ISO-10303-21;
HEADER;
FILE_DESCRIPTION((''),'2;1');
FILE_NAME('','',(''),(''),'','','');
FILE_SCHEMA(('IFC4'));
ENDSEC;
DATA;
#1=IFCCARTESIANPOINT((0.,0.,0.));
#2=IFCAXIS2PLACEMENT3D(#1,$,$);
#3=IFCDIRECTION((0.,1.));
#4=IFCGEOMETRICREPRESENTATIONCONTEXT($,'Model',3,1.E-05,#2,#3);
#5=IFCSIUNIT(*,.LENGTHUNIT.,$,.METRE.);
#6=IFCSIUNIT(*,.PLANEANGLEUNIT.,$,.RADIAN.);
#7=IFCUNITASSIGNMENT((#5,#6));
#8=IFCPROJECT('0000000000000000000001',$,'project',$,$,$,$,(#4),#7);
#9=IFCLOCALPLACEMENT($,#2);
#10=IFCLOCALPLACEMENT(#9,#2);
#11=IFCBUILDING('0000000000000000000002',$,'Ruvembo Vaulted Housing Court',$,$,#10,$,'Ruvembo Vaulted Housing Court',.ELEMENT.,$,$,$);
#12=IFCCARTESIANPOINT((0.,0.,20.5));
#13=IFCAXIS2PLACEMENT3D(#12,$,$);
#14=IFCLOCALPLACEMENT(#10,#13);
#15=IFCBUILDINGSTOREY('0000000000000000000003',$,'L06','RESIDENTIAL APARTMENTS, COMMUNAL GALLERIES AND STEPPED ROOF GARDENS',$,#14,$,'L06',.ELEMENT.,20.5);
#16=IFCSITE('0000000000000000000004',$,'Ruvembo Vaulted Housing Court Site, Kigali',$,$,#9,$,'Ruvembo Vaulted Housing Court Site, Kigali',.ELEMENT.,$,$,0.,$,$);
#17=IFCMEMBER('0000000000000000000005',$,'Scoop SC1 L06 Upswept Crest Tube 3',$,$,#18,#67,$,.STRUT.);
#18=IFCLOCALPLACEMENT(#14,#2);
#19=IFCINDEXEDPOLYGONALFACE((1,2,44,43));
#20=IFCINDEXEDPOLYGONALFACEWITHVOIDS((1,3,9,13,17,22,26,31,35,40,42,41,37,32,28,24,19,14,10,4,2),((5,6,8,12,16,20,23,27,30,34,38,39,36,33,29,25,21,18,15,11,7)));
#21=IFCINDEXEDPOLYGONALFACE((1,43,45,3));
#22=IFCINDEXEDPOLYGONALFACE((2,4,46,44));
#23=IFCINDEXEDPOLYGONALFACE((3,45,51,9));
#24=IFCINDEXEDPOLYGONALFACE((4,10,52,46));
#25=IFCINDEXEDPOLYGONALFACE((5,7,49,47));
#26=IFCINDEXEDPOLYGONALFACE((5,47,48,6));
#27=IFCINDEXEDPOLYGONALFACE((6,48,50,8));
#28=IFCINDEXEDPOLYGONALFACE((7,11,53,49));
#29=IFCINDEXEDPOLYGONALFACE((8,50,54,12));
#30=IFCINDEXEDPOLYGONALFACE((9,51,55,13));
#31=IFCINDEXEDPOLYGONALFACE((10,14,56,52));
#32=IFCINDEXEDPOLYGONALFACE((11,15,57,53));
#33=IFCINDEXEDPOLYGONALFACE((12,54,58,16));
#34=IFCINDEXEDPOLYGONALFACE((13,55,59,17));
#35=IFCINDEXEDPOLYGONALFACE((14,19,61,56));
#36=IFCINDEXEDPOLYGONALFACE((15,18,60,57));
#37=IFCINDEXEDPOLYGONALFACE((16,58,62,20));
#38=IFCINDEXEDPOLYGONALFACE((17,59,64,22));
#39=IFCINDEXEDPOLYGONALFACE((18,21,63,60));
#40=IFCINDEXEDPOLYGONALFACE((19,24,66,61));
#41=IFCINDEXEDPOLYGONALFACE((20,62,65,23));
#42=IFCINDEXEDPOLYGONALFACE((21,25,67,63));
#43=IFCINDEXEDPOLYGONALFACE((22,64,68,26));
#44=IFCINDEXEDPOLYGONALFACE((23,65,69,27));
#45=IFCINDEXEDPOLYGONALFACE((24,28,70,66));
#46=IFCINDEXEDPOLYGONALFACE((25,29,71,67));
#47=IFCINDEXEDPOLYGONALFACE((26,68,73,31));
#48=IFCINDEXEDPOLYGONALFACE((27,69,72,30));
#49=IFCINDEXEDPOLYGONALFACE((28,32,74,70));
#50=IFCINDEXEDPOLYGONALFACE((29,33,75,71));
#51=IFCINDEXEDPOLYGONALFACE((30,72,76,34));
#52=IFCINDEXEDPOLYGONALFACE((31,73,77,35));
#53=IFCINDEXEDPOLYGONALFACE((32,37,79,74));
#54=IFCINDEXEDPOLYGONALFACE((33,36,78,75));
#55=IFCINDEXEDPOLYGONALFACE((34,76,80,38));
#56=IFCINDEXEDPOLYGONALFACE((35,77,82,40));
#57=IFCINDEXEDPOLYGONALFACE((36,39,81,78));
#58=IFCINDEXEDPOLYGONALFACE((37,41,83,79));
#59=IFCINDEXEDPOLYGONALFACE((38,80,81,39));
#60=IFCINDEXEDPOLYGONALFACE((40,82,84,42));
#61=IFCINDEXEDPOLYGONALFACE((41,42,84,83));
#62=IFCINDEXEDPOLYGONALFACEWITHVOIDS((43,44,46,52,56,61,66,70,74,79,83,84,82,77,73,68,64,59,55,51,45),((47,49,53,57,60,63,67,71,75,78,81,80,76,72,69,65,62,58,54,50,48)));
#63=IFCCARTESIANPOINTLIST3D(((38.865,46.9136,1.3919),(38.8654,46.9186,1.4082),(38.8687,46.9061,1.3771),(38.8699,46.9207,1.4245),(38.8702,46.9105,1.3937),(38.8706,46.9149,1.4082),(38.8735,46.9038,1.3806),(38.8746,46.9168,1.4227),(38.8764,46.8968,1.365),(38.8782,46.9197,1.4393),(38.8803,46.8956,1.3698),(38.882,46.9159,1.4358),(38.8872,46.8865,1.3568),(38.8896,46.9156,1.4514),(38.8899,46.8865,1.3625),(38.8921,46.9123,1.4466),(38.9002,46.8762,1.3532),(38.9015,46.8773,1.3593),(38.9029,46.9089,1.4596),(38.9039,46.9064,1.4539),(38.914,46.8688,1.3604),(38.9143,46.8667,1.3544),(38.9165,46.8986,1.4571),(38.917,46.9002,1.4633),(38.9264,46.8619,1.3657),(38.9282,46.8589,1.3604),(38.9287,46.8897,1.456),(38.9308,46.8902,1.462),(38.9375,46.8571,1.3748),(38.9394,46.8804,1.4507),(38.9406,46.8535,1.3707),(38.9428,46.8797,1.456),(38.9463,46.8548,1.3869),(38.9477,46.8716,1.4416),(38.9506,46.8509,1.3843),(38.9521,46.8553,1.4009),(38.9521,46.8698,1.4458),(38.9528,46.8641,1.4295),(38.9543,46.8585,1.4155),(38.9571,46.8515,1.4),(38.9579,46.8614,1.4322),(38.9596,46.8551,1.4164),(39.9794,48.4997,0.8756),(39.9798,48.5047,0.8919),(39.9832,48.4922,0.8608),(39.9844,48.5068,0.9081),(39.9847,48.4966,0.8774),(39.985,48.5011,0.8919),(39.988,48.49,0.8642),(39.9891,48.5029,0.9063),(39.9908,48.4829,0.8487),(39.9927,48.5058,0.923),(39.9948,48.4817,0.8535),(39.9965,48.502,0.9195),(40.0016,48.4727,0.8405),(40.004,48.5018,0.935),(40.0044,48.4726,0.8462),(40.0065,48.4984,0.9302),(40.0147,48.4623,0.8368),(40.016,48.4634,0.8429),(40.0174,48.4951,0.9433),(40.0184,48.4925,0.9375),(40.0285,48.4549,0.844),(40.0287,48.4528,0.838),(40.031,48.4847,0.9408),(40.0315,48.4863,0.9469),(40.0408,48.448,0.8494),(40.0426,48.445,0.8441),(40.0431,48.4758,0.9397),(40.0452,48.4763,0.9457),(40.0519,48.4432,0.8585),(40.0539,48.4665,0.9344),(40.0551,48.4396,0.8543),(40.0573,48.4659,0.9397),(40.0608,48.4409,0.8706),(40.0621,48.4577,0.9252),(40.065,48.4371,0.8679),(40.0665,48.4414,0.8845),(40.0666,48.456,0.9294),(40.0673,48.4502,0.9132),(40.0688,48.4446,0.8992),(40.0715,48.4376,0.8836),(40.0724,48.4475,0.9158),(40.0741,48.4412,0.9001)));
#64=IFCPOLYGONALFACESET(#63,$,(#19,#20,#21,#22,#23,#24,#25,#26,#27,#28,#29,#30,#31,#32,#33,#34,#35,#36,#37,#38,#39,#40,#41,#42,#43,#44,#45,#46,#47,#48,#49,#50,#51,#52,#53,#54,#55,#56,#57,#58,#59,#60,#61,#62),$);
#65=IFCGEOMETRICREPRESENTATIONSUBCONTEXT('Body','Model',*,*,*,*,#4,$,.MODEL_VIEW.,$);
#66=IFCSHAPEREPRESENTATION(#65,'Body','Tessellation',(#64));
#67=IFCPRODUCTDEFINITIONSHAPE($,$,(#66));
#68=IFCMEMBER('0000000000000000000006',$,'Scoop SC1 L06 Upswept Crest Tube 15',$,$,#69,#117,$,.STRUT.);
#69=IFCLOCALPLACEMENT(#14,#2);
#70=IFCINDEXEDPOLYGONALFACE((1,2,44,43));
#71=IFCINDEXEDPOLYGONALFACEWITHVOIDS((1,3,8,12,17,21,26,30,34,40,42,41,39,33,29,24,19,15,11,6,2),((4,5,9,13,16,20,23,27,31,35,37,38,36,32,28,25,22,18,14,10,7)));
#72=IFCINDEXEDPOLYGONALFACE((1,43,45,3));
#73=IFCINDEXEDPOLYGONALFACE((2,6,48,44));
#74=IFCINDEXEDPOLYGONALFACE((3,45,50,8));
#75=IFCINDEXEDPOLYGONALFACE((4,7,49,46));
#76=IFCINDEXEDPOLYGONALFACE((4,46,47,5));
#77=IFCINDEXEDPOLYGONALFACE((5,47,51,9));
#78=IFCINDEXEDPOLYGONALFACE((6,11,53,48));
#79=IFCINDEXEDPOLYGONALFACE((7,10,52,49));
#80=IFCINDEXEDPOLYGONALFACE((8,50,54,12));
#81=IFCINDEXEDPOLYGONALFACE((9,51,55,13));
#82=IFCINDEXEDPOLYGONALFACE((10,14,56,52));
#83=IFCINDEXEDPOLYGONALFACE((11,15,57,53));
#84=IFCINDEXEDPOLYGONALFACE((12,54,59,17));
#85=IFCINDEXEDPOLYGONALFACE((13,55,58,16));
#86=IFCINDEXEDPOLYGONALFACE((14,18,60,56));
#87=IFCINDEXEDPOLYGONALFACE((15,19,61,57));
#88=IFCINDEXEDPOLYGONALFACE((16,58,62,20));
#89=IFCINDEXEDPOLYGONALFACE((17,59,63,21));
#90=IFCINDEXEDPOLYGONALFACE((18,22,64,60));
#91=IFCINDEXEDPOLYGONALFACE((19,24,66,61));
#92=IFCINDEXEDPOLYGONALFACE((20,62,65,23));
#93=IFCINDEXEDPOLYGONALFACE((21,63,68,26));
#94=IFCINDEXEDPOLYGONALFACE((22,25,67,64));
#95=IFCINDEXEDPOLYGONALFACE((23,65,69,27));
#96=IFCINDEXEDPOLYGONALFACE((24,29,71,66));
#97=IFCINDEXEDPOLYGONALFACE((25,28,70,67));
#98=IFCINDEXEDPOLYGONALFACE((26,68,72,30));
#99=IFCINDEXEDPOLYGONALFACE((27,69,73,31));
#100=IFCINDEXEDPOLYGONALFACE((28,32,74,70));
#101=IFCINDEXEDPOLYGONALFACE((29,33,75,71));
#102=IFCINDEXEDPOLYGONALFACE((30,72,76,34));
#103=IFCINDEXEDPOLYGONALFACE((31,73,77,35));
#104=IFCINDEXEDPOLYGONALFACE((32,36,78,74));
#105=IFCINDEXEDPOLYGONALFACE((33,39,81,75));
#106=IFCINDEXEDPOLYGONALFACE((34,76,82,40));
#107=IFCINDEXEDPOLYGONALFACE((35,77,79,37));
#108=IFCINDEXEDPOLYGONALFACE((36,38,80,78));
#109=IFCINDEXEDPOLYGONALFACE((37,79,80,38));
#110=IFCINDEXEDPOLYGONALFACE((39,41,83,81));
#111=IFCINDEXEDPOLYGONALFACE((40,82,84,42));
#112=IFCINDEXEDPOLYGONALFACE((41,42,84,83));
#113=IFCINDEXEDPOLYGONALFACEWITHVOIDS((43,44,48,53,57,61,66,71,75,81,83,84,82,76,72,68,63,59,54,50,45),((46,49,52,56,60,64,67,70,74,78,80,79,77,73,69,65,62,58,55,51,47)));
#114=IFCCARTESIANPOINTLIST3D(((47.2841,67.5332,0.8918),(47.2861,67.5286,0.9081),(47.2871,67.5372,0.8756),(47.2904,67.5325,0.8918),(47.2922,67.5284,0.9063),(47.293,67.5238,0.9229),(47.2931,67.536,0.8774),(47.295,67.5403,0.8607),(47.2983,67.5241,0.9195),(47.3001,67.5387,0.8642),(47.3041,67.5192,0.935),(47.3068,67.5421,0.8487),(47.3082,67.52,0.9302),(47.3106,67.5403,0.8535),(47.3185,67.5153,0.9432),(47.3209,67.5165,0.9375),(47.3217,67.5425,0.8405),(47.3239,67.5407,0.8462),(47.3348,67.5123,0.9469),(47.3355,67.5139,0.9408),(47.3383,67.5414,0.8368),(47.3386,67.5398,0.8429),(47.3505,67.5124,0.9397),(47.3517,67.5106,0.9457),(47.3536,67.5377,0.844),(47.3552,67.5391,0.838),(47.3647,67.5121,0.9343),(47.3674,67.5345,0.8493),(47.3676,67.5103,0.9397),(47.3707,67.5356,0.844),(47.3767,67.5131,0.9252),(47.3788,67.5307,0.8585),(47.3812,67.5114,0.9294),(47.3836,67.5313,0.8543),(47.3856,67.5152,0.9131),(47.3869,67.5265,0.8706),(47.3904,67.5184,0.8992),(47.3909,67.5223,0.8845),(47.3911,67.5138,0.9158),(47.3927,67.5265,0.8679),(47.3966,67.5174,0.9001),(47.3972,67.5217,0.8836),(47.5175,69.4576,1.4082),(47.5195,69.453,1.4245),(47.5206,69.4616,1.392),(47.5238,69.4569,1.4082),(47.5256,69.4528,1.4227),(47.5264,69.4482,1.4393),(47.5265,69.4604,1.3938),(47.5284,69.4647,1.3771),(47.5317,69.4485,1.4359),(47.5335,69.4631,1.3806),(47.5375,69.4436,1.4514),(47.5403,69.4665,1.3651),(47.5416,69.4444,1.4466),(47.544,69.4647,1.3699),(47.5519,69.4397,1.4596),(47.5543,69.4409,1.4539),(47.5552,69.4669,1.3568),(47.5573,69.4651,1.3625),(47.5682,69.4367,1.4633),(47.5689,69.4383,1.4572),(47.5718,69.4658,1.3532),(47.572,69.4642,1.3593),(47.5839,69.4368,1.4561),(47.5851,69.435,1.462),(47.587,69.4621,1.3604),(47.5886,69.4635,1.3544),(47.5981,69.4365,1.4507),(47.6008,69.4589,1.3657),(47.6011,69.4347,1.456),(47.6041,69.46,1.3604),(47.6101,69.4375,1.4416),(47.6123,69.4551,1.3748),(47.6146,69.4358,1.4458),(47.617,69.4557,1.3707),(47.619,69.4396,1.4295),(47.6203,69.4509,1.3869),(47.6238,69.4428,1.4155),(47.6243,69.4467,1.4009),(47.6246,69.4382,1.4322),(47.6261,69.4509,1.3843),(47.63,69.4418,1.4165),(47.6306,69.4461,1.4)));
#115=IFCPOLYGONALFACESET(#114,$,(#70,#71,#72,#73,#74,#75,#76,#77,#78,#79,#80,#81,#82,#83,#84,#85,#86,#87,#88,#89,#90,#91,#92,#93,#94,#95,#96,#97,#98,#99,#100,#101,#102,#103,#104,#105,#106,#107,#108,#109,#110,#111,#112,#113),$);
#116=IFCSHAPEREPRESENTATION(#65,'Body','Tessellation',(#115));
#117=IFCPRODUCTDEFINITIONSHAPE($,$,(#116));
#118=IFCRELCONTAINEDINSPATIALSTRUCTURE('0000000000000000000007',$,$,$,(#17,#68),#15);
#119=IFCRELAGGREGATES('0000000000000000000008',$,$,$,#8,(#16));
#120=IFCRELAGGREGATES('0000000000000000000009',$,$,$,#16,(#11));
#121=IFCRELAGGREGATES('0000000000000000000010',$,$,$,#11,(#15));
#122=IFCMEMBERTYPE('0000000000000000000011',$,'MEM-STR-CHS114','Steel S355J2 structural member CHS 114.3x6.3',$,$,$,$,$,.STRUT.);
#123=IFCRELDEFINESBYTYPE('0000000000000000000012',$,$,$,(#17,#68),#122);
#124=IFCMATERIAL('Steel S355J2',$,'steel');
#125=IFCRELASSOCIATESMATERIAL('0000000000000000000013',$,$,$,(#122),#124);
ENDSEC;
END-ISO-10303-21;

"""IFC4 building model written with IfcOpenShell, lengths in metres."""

from ifc_helpers import new_model, si_unit, direction, frame, origin, origin_2d, place, context, subcontext, project, spatial, hollow_circle, extrude, material, material_profile, profile_set, type_object, element, save


model = new_model("IFC4")

# Units and contexts
model_context = context("Model", 3, precision=1e-05, world=origin(), true_north=direction((0.0, 1.0)))
body_context = subcontext(model_context, "Body", "Model", "MODEL_VIEW")
ifc_project = project(units=[si_unit("LENGTHUNIT", "METRE"), si_unit("PLANEANGLEUNIT", "RADIAN")], contexts=[model_context])

# Site, building, storey
site_placement = place(None, origin())
site = spatial("IfcSite", under=ifc_project, at=site_placement, Name="Ruvembo Vaulted Housing Court Site, Kigali", LongName="Ruvembo Vaulted Housing Court Site, Kigali", CompositionType="ELEMENT", RefElevation=0.0)
building_placement = place(site_placement, origin())
building = spatial("IfcBuilding", under=site, at=building_placement, Name="Ruvembo Vaulted Housing Court", LongName="Ruvembo Vaulted Housing Court", CompositionType="ELEMENT")
storey_placement = place(building_placement, frame((0.0, 0.0, 20.5)))
storey = spatial("IfcBuildingStorey", under=building, at=storey_placement, Name="L06", Description="RESIDENTIAL APARTMENTS, COMMUNAL GALLERIES AND STEPPED ROOF GARDENS", LongName="L06", CompositionType="ELEMENT", Elevation=20.5)

# Members
ifc_material_1 = material(Name="Steel S355J2", Category="steel")
ifc_material_profile_1 = material_profile(ifc_material_1, hollow_circle(Radius=0.0571, WallThickness=0.0063, at=origin_2d()), Name="CHS 114.3x6.3")
ifc_profile_set_1 = profile_set([ifc_material_profile_1], Name="Steel S355J2")
member_type_1 = type_object("IfcMemberType", Name="MEM-STR-CHS114", Description="Steel S355J2 structural member CHS 114.3x6.3", PredefinedType="STRUT", material=ifc_profile_set_1)
for number, where, z_axis, x_axis, name in (
    (1, (38.9121, 46.8857, 1.4082), (0.555538, 0.790652, -0.257385), (-0.818219, 0.574907, 0.0), "Scoop SC1 L06 Upswept Crest Tube 3"),
    (2, (47.3408, 67.5264, 0.8918), (0.116349, 0.959274, 0.257405), (-0.992725, 0.120407, 0.0), "Scoop SC1 L06 Upswept Crest Tube 15"),
):
    element("IfcMember", number, at=place(storey_placement, frame(where, z_axis=z_axis, x_axis=x_axis)), inside=storey, type_object=member_type_1, Name=name, PredefinedType="STRUT", context=body_context, shape_type="SweptSolid", body=[
        extrude(hollow_circle(Radius=0.0571, WallThickness=0.0063, at=origin_2d()), origin(), (0.0, 0.0, 1.0), 2.0061),
    ])

save(model, "model.ifc")
